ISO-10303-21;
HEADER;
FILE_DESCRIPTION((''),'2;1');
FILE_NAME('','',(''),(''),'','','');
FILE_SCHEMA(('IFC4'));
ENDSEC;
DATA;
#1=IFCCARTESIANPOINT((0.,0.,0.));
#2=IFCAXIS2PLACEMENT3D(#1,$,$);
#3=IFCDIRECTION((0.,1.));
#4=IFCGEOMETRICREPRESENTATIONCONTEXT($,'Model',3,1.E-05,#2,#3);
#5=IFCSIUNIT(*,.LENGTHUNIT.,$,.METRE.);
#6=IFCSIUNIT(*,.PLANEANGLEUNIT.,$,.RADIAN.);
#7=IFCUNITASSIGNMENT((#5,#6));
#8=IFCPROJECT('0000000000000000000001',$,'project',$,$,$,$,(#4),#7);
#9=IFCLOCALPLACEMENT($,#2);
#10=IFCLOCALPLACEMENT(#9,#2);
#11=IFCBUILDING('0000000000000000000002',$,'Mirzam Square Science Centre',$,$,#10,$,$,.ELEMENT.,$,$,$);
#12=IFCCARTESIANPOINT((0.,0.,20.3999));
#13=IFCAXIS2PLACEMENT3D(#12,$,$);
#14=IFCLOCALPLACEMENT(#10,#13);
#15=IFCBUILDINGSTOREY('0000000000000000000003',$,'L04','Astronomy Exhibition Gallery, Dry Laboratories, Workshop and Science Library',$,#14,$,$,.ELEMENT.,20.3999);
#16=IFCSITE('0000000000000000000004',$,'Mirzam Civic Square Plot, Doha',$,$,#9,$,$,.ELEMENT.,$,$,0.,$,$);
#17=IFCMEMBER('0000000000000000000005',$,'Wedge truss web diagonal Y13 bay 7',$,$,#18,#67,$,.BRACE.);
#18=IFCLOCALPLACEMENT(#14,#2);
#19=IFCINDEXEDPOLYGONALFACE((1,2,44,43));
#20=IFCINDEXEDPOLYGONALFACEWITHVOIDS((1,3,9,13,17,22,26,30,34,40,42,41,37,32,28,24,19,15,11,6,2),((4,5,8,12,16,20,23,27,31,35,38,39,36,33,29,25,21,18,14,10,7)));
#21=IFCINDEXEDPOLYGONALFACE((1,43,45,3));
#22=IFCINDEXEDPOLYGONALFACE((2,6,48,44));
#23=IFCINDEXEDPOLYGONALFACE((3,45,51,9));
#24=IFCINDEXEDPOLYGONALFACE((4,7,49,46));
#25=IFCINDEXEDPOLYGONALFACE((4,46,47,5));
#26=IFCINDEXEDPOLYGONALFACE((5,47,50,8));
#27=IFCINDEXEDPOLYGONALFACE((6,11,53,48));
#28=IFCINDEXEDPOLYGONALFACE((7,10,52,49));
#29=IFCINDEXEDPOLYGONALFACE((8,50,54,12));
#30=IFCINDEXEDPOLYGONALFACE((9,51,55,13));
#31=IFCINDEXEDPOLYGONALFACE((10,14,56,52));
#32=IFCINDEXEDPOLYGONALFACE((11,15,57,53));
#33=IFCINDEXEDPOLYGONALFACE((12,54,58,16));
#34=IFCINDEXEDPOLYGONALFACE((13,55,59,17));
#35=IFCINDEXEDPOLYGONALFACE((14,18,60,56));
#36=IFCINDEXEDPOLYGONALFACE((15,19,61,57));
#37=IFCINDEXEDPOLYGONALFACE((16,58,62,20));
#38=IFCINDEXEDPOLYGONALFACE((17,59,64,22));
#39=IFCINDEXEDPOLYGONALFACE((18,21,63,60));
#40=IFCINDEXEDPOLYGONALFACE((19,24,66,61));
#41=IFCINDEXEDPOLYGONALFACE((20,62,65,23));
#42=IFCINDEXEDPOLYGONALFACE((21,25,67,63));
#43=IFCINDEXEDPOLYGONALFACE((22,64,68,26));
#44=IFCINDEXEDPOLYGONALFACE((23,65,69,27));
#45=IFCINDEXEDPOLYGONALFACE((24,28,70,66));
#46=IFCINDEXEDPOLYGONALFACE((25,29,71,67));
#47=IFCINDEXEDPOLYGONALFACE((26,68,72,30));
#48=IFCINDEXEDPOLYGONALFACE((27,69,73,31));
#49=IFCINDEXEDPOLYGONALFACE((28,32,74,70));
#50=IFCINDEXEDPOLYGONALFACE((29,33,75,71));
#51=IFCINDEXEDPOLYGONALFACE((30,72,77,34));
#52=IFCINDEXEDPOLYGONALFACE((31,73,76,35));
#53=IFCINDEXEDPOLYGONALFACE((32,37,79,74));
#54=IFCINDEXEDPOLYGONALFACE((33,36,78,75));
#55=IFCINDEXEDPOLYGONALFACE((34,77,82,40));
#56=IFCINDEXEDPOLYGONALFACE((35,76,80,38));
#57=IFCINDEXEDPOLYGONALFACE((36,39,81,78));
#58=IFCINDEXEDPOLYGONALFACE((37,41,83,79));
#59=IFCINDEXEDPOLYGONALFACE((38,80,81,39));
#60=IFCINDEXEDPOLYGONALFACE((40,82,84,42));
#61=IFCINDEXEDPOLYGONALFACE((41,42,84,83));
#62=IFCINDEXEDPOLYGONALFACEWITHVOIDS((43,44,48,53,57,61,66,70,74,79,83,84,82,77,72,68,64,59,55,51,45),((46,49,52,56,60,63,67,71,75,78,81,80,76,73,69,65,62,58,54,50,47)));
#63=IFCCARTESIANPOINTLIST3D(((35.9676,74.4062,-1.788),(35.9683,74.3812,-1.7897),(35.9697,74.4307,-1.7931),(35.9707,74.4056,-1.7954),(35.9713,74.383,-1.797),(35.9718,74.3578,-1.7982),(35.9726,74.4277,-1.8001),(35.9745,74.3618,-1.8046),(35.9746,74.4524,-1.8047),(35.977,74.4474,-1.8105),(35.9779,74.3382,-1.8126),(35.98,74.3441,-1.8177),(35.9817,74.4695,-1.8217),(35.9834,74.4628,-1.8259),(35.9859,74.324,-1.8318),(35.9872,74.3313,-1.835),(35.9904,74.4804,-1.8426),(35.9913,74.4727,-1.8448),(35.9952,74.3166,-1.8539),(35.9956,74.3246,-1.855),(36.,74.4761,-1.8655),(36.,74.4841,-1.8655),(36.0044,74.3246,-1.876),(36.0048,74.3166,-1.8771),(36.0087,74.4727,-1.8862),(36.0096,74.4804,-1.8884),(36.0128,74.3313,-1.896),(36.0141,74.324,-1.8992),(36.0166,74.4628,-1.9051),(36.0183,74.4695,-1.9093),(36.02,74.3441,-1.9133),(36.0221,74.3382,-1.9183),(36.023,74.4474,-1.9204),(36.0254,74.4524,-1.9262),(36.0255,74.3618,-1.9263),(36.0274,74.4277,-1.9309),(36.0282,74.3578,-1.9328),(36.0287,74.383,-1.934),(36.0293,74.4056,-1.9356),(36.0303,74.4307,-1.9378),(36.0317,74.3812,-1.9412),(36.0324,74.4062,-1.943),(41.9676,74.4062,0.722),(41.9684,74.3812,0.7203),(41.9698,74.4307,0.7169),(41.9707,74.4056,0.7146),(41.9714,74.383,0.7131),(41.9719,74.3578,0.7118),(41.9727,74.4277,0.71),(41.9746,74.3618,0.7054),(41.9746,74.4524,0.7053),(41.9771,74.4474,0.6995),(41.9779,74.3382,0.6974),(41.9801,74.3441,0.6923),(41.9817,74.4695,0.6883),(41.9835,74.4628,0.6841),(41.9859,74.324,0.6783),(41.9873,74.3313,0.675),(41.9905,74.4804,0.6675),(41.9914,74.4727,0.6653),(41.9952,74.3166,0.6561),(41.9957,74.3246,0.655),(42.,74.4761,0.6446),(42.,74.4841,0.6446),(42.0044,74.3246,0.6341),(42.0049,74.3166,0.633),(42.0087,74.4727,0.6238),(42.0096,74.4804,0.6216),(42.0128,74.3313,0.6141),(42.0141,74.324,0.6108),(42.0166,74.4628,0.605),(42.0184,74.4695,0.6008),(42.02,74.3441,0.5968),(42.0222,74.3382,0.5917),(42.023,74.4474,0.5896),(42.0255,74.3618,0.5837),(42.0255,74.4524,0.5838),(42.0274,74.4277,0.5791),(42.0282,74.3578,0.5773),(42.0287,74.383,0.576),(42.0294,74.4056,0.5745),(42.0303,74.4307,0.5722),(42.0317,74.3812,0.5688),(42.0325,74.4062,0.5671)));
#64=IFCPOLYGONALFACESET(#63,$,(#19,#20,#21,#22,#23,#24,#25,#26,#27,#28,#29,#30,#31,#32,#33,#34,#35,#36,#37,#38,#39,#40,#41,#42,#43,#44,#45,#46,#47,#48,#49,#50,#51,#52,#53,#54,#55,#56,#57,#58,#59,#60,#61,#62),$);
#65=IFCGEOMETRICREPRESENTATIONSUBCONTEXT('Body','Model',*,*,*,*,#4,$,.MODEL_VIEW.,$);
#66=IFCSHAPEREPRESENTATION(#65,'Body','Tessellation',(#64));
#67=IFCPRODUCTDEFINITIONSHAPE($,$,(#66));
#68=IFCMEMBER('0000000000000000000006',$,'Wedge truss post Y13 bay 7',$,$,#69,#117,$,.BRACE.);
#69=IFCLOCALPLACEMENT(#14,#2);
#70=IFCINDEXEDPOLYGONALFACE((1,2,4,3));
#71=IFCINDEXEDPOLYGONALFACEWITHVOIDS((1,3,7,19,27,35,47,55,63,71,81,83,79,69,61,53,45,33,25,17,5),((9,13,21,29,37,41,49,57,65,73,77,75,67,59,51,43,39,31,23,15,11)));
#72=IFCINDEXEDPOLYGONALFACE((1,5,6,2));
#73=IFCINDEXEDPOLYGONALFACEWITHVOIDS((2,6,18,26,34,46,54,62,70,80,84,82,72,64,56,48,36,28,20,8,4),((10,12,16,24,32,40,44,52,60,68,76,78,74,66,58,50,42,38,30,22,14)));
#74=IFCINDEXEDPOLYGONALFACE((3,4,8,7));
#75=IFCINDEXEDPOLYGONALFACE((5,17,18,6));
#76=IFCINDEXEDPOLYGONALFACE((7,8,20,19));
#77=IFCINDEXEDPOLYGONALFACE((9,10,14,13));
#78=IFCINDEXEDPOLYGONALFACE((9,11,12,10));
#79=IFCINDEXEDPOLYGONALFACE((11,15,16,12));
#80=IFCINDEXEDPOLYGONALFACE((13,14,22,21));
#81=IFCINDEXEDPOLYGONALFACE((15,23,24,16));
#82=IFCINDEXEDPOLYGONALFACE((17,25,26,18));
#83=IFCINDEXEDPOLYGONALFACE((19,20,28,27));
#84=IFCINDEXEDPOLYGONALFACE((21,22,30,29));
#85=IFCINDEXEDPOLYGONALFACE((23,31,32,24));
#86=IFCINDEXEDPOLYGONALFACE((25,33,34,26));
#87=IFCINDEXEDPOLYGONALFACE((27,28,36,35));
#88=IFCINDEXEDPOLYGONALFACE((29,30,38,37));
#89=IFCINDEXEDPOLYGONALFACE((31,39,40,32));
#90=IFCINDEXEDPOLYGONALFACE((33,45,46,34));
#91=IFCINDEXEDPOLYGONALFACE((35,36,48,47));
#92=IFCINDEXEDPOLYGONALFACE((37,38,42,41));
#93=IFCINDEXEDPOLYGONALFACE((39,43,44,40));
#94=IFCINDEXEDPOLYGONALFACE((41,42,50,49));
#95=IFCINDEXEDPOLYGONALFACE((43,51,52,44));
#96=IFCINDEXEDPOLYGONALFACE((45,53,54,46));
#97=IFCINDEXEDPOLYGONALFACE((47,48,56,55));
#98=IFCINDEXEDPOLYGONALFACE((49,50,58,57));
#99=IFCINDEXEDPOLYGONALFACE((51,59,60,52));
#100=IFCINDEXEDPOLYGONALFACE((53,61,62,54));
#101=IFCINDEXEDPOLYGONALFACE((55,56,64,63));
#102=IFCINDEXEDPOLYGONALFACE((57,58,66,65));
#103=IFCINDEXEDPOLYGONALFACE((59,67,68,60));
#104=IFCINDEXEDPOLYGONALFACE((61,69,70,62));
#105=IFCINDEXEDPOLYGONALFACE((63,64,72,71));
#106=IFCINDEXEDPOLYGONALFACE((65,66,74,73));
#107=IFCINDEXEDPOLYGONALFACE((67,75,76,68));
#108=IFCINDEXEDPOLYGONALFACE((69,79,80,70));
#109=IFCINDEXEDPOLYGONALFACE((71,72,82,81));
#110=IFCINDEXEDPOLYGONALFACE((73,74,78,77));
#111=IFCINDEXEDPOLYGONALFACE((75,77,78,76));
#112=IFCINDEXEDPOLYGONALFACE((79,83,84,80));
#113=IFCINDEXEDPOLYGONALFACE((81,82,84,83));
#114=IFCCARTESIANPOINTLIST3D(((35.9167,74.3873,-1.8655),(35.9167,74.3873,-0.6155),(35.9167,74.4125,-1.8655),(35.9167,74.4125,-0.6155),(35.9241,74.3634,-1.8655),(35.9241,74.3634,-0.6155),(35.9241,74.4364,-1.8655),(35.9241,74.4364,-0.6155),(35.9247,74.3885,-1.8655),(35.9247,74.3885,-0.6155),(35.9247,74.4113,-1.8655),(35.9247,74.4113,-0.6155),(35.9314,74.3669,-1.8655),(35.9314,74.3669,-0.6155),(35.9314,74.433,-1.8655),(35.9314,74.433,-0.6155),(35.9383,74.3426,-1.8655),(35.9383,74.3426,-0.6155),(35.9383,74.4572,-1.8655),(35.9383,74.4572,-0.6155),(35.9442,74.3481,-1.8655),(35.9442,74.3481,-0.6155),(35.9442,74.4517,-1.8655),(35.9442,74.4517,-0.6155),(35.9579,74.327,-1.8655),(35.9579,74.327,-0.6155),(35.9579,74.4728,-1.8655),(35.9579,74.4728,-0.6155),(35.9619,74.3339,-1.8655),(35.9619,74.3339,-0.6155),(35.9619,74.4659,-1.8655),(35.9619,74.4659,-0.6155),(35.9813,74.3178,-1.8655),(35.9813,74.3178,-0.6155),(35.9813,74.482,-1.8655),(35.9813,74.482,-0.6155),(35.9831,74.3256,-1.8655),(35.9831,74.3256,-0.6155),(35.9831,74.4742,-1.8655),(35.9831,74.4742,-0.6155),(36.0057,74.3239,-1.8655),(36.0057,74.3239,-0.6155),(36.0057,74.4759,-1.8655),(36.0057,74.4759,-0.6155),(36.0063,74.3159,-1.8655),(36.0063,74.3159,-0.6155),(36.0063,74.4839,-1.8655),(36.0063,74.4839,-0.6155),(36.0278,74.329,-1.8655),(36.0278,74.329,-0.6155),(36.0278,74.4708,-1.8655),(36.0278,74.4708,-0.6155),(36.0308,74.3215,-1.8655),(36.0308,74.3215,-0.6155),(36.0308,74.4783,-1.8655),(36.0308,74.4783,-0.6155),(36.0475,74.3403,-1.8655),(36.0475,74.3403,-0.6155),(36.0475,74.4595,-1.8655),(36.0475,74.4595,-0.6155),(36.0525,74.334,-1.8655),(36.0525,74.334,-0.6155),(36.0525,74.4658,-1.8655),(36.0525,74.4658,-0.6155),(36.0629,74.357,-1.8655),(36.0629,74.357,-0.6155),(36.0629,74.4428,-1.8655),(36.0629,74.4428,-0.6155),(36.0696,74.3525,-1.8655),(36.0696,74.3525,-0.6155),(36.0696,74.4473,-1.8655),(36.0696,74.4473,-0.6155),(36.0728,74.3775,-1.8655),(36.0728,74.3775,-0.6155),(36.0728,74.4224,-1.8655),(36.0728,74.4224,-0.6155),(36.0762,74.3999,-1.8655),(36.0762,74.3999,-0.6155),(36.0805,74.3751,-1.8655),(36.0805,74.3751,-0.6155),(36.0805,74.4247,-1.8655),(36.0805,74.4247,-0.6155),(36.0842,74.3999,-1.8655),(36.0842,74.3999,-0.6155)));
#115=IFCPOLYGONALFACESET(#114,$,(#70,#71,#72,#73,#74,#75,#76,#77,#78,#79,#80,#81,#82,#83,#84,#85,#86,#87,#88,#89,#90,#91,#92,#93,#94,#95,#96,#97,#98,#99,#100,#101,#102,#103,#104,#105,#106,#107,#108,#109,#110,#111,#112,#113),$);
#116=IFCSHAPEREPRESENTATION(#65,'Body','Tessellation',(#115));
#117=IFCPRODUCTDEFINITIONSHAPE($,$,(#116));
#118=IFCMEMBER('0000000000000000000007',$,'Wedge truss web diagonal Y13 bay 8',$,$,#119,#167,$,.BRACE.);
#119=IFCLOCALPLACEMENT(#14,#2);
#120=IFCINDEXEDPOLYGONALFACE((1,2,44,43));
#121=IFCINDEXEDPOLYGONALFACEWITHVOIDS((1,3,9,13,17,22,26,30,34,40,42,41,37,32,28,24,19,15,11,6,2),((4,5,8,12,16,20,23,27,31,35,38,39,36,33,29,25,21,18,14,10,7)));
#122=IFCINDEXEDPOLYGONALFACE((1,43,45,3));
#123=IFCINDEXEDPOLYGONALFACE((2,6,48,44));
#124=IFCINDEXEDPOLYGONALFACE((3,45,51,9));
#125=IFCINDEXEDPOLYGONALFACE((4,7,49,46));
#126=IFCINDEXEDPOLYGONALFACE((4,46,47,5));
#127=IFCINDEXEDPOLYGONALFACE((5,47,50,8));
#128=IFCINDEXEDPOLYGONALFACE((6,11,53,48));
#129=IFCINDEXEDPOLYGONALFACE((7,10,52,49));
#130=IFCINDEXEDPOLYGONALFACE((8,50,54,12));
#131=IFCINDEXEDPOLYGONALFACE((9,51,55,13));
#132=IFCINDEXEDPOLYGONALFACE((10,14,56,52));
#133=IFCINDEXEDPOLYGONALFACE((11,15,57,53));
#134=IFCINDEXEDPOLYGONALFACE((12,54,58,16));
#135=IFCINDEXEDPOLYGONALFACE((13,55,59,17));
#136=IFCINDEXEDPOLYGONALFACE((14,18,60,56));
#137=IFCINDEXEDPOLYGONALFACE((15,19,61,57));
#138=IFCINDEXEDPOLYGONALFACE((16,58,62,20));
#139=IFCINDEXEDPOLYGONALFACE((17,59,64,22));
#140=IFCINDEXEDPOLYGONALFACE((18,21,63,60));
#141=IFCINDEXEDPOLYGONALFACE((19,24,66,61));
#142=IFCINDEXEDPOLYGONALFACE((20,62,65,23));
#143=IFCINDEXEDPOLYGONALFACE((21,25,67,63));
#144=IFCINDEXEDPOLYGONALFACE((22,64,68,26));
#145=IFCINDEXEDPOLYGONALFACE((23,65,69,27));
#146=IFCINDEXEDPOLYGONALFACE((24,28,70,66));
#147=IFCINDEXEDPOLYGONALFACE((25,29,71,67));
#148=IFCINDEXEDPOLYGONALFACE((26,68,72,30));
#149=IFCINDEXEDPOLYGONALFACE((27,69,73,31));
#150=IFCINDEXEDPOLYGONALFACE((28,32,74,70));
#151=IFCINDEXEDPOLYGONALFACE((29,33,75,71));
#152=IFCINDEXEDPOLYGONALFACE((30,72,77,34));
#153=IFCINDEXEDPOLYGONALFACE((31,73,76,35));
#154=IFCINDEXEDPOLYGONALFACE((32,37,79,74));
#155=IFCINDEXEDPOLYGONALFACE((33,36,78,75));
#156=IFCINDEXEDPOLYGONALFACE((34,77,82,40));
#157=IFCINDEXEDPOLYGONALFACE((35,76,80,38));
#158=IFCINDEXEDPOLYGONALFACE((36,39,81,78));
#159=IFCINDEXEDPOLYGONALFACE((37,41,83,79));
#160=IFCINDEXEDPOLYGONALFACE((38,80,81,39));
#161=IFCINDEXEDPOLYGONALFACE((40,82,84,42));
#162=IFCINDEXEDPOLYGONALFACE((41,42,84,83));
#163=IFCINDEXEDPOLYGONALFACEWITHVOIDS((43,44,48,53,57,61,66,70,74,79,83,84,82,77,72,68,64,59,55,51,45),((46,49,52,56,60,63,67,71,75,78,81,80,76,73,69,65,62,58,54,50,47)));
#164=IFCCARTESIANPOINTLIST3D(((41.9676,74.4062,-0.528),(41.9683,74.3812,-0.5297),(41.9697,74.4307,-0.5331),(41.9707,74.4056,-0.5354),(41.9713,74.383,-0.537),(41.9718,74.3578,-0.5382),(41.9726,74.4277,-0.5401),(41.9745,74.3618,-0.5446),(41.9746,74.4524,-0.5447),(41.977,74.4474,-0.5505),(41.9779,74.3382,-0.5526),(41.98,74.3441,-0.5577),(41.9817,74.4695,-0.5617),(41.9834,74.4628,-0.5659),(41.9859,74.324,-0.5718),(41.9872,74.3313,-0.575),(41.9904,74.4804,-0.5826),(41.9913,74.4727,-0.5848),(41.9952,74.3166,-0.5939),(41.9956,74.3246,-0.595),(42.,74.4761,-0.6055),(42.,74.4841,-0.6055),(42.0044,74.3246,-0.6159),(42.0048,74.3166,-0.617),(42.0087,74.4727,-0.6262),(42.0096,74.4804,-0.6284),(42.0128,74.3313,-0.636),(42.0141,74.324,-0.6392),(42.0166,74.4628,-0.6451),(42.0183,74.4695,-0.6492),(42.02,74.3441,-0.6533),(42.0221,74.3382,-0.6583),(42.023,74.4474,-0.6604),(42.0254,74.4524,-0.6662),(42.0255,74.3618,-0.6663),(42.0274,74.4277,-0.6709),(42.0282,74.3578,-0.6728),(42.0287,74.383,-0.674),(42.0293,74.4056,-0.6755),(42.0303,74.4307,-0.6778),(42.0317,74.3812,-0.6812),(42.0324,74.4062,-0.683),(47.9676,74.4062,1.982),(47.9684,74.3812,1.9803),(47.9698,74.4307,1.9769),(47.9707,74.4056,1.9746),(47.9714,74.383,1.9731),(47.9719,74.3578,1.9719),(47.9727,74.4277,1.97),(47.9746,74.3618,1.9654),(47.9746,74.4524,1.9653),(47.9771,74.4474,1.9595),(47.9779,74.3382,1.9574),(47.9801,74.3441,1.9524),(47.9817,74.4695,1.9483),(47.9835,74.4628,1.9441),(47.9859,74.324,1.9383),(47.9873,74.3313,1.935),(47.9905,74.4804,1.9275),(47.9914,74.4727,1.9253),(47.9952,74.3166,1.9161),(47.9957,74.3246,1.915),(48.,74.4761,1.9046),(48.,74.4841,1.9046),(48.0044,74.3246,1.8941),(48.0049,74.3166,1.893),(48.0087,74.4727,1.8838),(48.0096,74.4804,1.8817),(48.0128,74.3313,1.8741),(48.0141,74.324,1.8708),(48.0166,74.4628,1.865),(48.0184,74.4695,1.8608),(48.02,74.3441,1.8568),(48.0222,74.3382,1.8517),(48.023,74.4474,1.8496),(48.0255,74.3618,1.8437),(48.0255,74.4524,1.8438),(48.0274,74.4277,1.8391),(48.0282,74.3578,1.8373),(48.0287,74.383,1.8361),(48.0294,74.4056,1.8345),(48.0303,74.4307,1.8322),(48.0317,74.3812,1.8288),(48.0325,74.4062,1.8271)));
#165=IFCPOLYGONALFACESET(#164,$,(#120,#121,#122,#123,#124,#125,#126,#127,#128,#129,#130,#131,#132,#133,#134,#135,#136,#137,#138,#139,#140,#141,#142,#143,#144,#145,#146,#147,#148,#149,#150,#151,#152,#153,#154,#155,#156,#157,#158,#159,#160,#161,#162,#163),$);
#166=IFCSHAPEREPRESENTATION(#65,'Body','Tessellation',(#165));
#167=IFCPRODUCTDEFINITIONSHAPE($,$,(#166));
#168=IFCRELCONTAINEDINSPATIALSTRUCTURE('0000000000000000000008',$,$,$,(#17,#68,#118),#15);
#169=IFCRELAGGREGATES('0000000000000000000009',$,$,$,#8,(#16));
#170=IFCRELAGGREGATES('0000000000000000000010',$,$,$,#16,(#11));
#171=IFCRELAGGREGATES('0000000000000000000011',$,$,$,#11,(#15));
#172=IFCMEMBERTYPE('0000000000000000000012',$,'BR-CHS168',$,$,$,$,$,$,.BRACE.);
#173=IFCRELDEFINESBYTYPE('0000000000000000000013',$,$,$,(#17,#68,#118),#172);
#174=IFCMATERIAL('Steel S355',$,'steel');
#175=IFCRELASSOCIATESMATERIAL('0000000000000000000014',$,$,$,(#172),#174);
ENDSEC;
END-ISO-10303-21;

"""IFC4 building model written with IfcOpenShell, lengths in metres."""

from ifc_helpers import new_model, si_unit, direction, frame, origin, origin_2d, place, context, subcontext, project, spatial, hollow_circle, extrude, material, material_profile, profile_set, type_object, element, save


model = new_model("IFC4")

# Units and contexts
model_context = context("Model", 3, precision=1e-05, world=origin(), true_north=direction((0.0, 1.0)))
body_context = subcontext(model_context, "Body", "Model", "MODEL_VIEW")
ifc_project = project(units=[si_unit("LENGTHUNIT", "METRE"), si_unit("PLANEANGLEUNIT", "RADIAN")], contexts=[model_context])

# Site, building, storey
site_placement = place(None, origin())
site = spatial("IfcSite", under=ifc_project, at=site_placement, Name="Mirzam Civic Square Plot, Doha", CompositionType="ELEMENT", RefElevation=0.0)
building_placement = place(site_placement, origin())
building = spatial("IfcBuilding", under=site, at=building_placement, Name="Mirzam Square Science Centre", CompositionType="ELEMENT")
storey_placement = place(building_placement, frame((0.0, 0.0, 20.3999)))
storey = spatial("IfcBuildingStorey", under=building, at=storey_placement, Name="L04", Description="Astronomy Exhibition Gallery, Dry Laboratories, Workshop and Science Library", CompositionType="ELEMENT", Elevation=20.3999)

# Members
ifc_material = material(Name="Steel S355", Category="steel")
ifc_material_profile_1 = material_profile(ifc_material, hollow_circle(Radius=0.0842, WallThickness=0.0081, at=origin_2d()), Name="168.3x8.0CHS")
ifc_profile_set_1 = profile_set([ifc_material_profile_1], Name="Steel S355")
member_type_1 = type_object("IfcMemberType", Name="BR-CHS168", PredefinedType="BRACE", material=ifc_profile_set_1)
for number, where, z_axis, x_axis, name in (
    (1, (36.0, 74.3999, -1.8655), (0.92253, 0.0, 0.385926), (0.0, 1.0, 0.0), "Wedge truss web diagonal Y13 bay 7"),
):
    element("IfcMember", number, at=place(storey_placement, frame(where, z_axis=z_axis, x_axis=x_axis)), inside=storey, type_object=member_type_1, Name=name, PredefinedType="BRACE", context=body_context, shape_type="SweptSolid", body=[
        extrude(hollow_circle(Radius=0.0842, WallThickness=0.0081, at=origin_2d()), origin(), (0.0, 0.0, 1.0), 6.5039),
    ])
member_1_placement = place(storey_placement, frame((36.0, 74.3999, -1.8655), z_axis=(0.0, 0.0, 1.0), x_axis=(1.0, 0.0, 0.0)))
element("IfcMember", 2, at=member_1_placement, inside=storey, type_object=member_type_1, Name="Wedge truss post Y13 bay 7", PredefinedType="BRACE", context=body_context, shape_type="SweptSolid", body=[
    extrude(hollow_circle(Radius=0.0842, WallThickness=0.0081, at=origin_2d()), origin(), (0.0, 0.0, 1.0), 1.25),
])
member_2_placement = place(storey_placement, frame((42.0, 74.3999, -0.6055), z_axis=(0.92253, 0.0, 0.385926), x_axis=(0.0, 1.0, 0.0)))
element("IfcMember", 3, at=member_2_placement, inside=storey, type_object=member_type_1, Name="Wedge truss web diagonal Y13 bay 8", PredefinedType="BRACE", context=body_context, shape_type="SweptSolid", body=[
    extrude(hollow_circle(Radius=0.0842, WallThickness=0.0081, at=origin_2d()), origin(), (0.0, 0.0, 1.0), 6.5039),
])

save(model, "model.ifc")
